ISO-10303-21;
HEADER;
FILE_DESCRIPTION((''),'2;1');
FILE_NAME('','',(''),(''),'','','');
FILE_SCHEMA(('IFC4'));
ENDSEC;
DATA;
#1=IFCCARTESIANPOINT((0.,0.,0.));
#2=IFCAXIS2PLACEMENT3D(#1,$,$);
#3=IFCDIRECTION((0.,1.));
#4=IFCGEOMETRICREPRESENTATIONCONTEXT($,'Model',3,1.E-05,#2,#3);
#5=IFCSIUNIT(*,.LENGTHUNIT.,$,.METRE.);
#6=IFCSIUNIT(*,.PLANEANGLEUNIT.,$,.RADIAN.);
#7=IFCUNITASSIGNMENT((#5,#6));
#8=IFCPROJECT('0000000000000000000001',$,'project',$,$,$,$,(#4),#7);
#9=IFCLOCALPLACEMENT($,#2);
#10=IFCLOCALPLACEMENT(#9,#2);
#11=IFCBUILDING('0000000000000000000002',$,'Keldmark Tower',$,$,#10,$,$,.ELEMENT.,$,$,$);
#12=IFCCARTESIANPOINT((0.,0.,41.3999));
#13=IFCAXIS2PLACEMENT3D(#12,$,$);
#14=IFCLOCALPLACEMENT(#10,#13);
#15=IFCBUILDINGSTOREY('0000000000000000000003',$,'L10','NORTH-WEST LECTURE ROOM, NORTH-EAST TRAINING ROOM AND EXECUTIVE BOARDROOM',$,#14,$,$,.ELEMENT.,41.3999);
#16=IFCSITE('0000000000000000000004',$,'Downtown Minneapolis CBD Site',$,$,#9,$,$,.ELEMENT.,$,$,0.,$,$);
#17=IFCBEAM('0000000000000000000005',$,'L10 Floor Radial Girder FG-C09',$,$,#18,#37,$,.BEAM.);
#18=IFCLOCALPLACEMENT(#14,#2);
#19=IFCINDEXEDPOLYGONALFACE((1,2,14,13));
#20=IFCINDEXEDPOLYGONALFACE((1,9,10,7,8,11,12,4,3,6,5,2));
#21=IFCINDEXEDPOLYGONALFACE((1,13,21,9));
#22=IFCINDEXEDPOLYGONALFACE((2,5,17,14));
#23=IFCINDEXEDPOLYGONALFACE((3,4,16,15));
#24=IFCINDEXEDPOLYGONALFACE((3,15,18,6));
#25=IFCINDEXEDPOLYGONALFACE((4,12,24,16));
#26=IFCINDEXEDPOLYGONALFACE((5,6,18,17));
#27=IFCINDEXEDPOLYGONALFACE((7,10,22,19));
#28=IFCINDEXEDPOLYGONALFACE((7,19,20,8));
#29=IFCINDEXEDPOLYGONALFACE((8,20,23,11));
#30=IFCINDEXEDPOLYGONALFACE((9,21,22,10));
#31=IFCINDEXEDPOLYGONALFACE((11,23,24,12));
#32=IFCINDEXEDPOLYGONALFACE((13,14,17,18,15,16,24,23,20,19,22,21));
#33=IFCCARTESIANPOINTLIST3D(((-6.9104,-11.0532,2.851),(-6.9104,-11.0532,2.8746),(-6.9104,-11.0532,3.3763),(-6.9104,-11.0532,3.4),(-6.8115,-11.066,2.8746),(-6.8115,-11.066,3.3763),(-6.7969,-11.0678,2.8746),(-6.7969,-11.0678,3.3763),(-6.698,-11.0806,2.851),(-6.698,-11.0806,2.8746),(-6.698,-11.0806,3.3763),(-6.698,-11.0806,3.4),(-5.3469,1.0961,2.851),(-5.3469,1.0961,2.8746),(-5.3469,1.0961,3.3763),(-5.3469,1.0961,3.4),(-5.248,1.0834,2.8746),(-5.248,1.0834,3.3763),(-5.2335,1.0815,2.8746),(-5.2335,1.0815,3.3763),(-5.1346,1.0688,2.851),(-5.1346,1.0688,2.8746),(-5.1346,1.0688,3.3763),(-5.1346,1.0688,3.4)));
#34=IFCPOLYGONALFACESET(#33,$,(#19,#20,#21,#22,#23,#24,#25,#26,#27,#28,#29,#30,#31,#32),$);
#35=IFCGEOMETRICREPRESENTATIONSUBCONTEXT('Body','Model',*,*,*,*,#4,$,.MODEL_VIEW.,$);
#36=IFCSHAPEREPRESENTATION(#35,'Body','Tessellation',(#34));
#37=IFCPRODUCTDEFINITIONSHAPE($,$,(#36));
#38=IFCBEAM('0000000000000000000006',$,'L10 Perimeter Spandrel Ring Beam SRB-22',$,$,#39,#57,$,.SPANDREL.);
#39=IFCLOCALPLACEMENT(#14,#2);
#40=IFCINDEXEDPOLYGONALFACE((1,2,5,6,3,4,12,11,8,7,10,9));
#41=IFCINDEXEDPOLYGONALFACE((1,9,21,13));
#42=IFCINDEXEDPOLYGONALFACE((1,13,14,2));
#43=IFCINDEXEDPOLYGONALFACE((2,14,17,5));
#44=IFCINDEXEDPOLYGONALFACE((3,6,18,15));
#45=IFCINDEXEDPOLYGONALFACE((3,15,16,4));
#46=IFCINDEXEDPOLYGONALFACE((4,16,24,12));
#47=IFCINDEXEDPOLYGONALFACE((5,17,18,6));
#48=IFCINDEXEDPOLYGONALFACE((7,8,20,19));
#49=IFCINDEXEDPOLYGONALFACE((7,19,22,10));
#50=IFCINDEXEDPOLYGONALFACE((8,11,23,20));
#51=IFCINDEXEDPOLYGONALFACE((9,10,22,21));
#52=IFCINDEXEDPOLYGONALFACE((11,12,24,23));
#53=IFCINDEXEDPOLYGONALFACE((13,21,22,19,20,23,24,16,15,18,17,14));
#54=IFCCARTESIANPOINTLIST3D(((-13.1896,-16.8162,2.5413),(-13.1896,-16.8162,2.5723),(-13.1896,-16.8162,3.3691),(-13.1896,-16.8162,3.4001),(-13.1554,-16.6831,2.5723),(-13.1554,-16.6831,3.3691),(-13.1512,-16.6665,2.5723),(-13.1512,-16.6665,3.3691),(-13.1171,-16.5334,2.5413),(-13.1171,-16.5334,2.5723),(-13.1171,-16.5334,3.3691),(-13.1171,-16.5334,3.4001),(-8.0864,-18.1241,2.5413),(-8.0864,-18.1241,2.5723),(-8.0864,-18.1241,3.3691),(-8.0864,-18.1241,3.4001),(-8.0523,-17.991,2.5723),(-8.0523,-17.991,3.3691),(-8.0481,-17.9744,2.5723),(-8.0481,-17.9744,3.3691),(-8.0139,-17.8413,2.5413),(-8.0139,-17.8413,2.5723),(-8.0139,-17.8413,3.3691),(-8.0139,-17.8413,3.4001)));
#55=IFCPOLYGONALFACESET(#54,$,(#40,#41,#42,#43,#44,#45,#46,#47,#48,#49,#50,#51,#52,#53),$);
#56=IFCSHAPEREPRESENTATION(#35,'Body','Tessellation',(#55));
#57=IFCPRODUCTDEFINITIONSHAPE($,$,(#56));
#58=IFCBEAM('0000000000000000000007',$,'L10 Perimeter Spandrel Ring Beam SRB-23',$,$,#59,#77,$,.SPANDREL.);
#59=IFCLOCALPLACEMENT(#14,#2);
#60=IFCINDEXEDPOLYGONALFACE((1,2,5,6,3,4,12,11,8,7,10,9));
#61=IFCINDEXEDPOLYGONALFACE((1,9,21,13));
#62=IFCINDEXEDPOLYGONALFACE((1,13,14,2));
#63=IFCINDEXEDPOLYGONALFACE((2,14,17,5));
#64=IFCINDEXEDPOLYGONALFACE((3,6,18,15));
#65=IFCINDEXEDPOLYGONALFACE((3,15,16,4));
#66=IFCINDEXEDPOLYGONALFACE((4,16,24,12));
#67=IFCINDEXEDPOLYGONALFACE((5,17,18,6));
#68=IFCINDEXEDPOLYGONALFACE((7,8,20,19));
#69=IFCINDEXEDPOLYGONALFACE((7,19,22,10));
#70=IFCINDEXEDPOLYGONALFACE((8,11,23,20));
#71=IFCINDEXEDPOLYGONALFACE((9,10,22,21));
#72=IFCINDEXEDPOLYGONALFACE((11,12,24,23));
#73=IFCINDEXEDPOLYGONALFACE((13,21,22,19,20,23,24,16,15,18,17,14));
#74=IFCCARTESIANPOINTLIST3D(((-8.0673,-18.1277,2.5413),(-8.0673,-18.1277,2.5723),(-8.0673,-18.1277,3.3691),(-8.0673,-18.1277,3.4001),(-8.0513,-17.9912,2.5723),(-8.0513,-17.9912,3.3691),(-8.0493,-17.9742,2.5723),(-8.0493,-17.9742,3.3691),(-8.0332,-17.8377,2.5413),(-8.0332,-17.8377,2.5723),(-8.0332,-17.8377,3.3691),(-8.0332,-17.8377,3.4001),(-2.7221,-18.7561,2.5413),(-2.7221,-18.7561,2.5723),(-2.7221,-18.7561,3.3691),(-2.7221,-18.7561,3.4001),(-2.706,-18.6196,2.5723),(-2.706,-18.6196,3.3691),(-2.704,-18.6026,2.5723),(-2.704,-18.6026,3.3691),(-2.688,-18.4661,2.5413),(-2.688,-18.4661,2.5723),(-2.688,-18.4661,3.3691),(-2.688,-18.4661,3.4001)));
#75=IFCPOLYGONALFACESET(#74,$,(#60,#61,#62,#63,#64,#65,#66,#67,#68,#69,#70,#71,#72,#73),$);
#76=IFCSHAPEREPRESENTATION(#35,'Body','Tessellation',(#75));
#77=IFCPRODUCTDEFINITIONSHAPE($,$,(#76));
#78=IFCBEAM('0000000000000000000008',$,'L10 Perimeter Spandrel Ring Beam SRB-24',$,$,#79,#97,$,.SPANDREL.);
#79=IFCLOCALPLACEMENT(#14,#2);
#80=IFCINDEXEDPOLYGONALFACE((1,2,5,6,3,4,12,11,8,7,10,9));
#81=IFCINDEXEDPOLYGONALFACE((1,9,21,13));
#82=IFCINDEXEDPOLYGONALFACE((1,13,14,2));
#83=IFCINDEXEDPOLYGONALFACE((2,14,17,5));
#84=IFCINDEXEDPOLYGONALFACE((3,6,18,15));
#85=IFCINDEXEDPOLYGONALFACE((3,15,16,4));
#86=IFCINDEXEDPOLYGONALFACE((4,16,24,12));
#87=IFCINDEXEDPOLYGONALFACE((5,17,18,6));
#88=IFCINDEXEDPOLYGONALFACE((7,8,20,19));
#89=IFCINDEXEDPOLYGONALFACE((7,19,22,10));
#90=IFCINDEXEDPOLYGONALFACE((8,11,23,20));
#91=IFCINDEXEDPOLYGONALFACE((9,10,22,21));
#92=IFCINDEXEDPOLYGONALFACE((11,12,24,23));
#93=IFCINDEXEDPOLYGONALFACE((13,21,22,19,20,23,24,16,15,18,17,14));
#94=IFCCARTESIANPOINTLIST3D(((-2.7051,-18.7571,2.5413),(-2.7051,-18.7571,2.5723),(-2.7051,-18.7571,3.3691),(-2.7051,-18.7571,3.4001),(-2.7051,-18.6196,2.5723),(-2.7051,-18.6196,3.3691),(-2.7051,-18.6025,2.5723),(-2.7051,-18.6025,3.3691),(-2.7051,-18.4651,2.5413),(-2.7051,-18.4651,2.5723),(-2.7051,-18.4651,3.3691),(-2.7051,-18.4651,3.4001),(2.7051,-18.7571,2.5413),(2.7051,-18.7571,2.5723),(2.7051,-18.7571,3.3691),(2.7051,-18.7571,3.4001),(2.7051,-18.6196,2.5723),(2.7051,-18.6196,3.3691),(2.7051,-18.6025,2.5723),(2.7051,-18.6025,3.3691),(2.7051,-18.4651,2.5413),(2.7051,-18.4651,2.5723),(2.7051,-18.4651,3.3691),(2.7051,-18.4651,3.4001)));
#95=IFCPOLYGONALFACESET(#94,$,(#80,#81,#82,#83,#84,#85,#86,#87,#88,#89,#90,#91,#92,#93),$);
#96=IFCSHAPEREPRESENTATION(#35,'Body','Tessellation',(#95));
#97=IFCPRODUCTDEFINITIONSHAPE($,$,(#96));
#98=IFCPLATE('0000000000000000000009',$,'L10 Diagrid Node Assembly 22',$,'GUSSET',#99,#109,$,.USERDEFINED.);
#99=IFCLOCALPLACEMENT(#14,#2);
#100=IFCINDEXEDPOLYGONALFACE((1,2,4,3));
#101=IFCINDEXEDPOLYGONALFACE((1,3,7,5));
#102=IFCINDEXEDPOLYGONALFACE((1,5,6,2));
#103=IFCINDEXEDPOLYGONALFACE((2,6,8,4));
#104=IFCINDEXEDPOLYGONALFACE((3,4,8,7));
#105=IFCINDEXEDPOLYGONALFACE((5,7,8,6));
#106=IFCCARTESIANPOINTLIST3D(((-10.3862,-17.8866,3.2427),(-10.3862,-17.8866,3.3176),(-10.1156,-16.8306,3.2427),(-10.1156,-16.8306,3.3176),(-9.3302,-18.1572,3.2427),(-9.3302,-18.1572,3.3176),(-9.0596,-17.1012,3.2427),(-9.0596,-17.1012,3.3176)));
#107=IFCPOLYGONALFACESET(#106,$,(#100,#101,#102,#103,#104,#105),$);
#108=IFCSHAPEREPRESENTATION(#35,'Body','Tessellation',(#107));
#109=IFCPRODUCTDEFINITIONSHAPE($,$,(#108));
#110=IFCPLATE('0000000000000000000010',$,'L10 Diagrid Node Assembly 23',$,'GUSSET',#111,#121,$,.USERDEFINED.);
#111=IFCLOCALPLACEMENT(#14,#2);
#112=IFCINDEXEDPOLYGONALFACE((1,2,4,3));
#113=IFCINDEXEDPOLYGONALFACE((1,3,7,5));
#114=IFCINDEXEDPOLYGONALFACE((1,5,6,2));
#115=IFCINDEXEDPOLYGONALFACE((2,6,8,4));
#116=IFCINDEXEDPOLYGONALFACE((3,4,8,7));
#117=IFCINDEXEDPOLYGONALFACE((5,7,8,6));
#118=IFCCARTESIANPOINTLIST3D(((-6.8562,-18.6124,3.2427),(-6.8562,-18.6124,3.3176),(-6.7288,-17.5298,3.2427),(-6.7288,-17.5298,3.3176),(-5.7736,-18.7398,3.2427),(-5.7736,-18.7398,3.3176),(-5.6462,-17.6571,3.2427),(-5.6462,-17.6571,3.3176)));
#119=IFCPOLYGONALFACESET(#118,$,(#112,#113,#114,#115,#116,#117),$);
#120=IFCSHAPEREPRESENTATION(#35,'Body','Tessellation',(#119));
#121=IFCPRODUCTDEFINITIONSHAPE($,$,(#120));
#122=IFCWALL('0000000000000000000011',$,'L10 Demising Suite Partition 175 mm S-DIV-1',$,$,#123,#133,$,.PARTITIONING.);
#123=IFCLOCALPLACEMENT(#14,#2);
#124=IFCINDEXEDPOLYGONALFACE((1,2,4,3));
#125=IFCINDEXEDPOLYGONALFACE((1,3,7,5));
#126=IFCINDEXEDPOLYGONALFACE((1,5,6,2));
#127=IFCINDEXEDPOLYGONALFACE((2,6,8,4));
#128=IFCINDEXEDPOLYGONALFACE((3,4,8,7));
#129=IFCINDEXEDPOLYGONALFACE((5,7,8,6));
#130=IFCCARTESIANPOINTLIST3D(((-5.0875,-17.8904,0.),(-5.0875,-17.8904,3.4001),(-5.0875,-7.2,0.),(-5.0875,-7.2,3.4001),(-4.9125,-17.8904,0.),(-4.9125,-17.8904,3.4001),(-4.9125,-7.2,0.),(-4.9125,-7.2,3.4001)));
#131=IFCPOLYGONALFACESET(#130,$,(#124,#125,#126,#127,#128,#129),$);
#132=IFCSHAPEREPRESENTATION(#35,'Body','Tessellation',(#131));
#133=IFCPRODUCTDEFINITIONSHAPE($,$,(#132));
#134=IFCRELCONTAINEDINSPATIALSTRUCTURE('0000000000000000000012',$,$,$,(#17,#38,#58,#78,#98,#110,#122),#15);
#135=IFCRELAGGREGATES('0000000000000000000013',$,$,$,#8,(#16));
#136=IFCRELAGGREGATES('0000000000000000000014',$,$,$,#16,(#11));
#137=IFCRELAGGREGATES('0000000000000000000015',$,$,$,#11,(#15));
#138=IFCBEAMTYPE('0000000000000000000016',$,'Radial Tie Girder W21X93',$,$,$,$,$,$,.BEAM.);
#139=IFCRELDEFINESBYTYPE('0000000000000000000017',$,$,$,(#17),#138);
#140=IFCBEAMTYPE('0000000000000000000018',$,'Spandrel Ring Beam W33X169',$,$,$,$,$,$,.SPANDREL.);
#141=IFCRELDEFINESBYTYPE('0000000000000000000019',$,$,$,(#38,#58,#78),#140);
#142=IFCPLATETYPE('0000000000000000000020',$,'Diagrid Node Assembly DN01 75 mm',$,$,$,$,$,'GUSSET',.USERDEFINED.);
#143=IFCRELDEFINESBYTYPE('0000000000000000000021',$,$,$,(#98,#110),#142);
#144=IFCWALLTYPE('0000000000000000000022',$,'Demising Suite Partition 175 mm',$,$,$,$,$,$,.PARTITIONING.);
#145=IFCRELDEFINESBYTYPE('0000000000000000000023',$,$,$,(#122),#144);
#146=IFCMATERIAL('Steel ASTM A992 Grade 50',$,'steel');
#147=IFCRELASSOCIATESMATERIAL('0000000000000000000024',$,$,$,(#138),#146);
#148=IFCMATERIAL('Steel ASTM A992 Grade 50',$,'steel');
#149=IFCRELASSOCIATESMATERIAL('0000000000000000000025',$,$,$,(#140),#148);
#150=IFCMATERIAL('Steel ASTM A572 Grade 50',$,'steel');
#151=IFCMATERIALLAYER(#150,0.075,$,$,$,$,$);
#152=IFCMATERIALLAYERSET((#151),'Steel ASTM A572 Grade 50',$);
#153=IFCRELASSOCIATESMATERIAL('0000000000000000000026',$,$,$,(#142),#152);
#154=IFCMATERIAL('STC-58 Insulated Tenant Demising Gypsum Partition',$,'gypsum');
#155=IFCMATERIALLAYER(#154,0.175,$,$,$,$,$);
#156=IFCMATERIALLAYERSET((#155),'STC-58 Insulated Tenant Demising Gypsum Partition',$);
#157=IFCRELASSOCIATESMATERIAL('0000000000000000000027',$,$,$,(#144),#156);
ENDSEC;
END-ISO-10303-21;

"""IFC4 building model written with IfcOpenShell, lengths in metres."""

from ifc_helpers import new_model, si_unit, direction, frame, frame_2d, origin, origin_2d, place, context, subcontext, project, spatial, rectangle, i_section, extrude, material, layer, layer_set, material_profile, profile_set, type_object, element, save


model = new_model("IFC4")

# Units and contexts
model_context = context("Model", 3, precision=1e-05, world=origin(), true_north=direction((0.0, 1.0)))
body_context = subcontext(model_context, "Body", "Model", "MODEL_VIEW")
ifc_project = project(units=[si_unit("LENGTHUNIT", "METRE"), si_unit("PLANEANGLEUNIT", "RADIAN")], contexts=[model_context])

# Site, building, storey
site_placement = place(None, origin())
site = spatial("IfcSite", under=ifc_project, at=site_placement, Name="Downtown Minneapolis CBD Site", CompositionType="ELEMENT", RefElevation=0.0)
building_placement = place(site_placement, origin())
building = spatial("IfcBuilding", under=site, at=building_placement, Name="Keldmark Tower", CompositionType="ELEMENT")
storey_placement = place(building_placement, frame((0.0, 0.0, 41.3999)))
storey = spatial("IfcBuildingStorey", under=building, at=storey_placement, Name="L10", Description="NORTH-WEST LECTURE ROOM, NORTH-EAST TRAINING ROOM AND EXECUTIVE BOARDROOM", CompositionType="ELEMENT", Elevation=41.3999)

# Beams
ifc_material_1 = material(Name="Steel ASTM A992 Grade 50", Category="steel")
ifc_material_profile_1 = material_profile(ifc_material_1, i_section(OverallWidth=0.2141, OverallDepth=0.5491, WebThickness=0.0146, FlangeThickness=0.0237, at=origin_2d()), Name="W21X93")
ifc_profile_set_1 = profile_set([ifc_material_profile_1], Name="Steel ASTM A992 Grade 50")
beam_type_1 = type_object("IfcBeamType", Name="Radial Tie Girder W21X93", PredefinedType="BEAM", material=ifc_profile_set_1)
beam_1_placement = place(storey_placement, frame((-6.8042, -11.0669, 3.1255), z_axis=(0.127635, 0.991821, 0.0), x_axis=(-0.991821, 0.127635, 0.0)))
element("IfcBeam", 1, at=beam_1_placement, inside=storey, type_object=beam_type_1, Name="L10 Floor Radial Girder FG-C09", PredefinedType="BEAM", context=body_context, shape_type="SweptSolid", body=[
    extrude(i_section(OverallWidth=0.2141, OverallDepth=0.5491, WebThickness=0.0146, FlangeThickness=0.0237, at=origin_2d()), origin(), (0.0, 0.0, 1.0), 12.2495),
])
ifc_material_2 = material(Name="Steel ASTM A992 Grade 50", Category="steel")
ifc_material_profile_2 = material_profile(ifc_material_2, i_section(OverallWidth=0.292, OverallDepth=0.8589, WebThickness=0.0171, FlangeThickness=0.031, at=origin_2d()), Name="W33X169")
ifc_profile_set_2 = profile_set([ifc_material_profile_2], Name="Steel ASTM A992 Grade 50")
beam_type_2 = type_object("IfcBeamType", Name="Spandrel Ring Beam W33X169", PredefinedType="SPANDREL", material=ifc_profile_set_2)
beam_2_placement = place(storey_placement, frame((-13.1533, -16.6748, 2.9707), z_axis=(0.968692, -0.248267, 0.0), x_axis=(0.248267, 0.968692, 0.0)))
element("IfcBeam", 2, at=beam_2_placement, inside=storey, type_object=beam_type_2, Name="L10 Perimeter Spandrel Ring Beam SRB-22", PredefinedType="SPANDREL", context=body_context, shape_type="SweptSolid", body=[
    extrude(i_section(OverallWidth=0.292, OverallDepth=0.8589, WebThickness=0.0171, FlangeThickness=0.031, at=origin_2d()), origin(), (0.0, 0.0, 1.0), 5.2681),
])
beam_3_placement = place(storey_placement, frame((-8.0503, -17.9827, 2.9707), z_axis=(0.99316, -0.116762, 0.0), x_axis=(0.116762, 0.99316, 0.0)))
element("IfcBeam", 3, at=beam_3_placement, inside=storey, type_object=beam_type_2, Name="L10 Perimeter Spandrel Ring Beam SRB-23", PredefinedType="SPANDREL", context=body_context, shape_type="SweptSolid", body=[
    extrude(i_section(OverallWidth=0.292, OverallDepth=0.8589, WebThickness=0.0171, FlangeThickness=0.031, at=origin_2d()), origin(), (0.0, 0.0, 1.0), 5.3821),
])
beam_4_placement = place(storey_placement, frame((-2.7051, -18.6111, 2.9707), z_axis=(1.0, 0.0, 0.0), x_axis=(0.0, 1.0, 0.0)))
element("IfcBeam", 4, at=beam_4_placement, inside=storey, type_object=beam_type_2, Name="L10 Perimeter Spandrel Ring Beam SRB-24", PredefinedType="SPANDREL", context=body_context, shape_type="SweptSolid", body=[
    extrude(i_section(OverallWidth=0.292, OverallDepth=0.8589, WebThickness=0.0171, FlangeThickness=0.031, at=origin_2d()), origin(), (0.0, 0.0, 1.0), 5.4102),
])

# Plates
ifc_material_3 = material(Name="Steel ASTM A572 Grade 50", Category="steel")
ifc_layer_1 = layer(ifc_material_3, 0.075)
ifc_layer_set_1 = layer_set([ifc_layer_1], Name="Steel ASTM A572 Grade 50")
plate_type = type_object("IfcPlateType", Name="Diagrid Node Assembly DN01 75 mm", ElementType="GUSSET", PredefinedType="USERDEFINED", material=ifc_layer_set_1)
for number, where, z_axis, x_axis, name in (
    (5, (-9.7229, -17.4939, 3.2427), (0.0, 0.0, 1.0), (0.968713, -0.248183, 0.0), "L10 Diagrid Node Assembly 22"),
    (6, (-6.2512, -18.1348, 3.2427), (0.0, 0.0, 1.0), (0.99315, -0.116844, 0.0), "L10 Diagrid Node Assembly 23"),
):
    element("IfcPlate", number, at=place(storey_placement, frame(where, z_axis=z_axis, x_axis=x_axis)), inside=storey, type_object=plate_type, Name=name, ObjectType="GUSSET", PredefinedType="USERDEFINED", context=body_context, shape_type="SweptSolid", body=[
        extrude(rectangle(XDim=1.0901, YDim=1.0901, at=origin_2d()), origin(), (0.0, 0.0, 1.0), 0.075),
    ])

# Wall
ifc_material_4 = material(Name="STC-58 Insulated Tenant Demising Gypsum Partition", Category="gypsum")
ifc_layer_2 = layer(ifc_material_4, 0.175)
ifc_layer_set_2 = layer_set([ifc_layer_2], Name="STC-58 Insulated Tenant Demising Gypsum Partition")
wall_type_1 = type_object("IfcWallType", Name="Demising Suite Partition 175 mm", PredefinedType="PARTITIONING", material=ifc_layer_set_2)
wall_1_placement = place(storey_placement, frame((-5.0, -17.8904, 0.0), z_axis=(0.0, 0.0, 1.0), x_axis=(0.0, 1.0, 0.0)))
element("IfcWall", 7, at=wall_1_placement, inside=storey, type_object=wall_type_1, Name="L10 Demising Suite Partition 175 mm S-DIV-1", PredefinedType="PARTITIONING", context=body_context, shape_type="SweptSolid", body=[
    extrude(rectangle(XDim=10.6904, YDim=0.175, at=frame_2d((5.3452, 0.0))), origin(), (0.0, 0.0, 1.0), 3.4001),
])

save(model, "model.ifc")
